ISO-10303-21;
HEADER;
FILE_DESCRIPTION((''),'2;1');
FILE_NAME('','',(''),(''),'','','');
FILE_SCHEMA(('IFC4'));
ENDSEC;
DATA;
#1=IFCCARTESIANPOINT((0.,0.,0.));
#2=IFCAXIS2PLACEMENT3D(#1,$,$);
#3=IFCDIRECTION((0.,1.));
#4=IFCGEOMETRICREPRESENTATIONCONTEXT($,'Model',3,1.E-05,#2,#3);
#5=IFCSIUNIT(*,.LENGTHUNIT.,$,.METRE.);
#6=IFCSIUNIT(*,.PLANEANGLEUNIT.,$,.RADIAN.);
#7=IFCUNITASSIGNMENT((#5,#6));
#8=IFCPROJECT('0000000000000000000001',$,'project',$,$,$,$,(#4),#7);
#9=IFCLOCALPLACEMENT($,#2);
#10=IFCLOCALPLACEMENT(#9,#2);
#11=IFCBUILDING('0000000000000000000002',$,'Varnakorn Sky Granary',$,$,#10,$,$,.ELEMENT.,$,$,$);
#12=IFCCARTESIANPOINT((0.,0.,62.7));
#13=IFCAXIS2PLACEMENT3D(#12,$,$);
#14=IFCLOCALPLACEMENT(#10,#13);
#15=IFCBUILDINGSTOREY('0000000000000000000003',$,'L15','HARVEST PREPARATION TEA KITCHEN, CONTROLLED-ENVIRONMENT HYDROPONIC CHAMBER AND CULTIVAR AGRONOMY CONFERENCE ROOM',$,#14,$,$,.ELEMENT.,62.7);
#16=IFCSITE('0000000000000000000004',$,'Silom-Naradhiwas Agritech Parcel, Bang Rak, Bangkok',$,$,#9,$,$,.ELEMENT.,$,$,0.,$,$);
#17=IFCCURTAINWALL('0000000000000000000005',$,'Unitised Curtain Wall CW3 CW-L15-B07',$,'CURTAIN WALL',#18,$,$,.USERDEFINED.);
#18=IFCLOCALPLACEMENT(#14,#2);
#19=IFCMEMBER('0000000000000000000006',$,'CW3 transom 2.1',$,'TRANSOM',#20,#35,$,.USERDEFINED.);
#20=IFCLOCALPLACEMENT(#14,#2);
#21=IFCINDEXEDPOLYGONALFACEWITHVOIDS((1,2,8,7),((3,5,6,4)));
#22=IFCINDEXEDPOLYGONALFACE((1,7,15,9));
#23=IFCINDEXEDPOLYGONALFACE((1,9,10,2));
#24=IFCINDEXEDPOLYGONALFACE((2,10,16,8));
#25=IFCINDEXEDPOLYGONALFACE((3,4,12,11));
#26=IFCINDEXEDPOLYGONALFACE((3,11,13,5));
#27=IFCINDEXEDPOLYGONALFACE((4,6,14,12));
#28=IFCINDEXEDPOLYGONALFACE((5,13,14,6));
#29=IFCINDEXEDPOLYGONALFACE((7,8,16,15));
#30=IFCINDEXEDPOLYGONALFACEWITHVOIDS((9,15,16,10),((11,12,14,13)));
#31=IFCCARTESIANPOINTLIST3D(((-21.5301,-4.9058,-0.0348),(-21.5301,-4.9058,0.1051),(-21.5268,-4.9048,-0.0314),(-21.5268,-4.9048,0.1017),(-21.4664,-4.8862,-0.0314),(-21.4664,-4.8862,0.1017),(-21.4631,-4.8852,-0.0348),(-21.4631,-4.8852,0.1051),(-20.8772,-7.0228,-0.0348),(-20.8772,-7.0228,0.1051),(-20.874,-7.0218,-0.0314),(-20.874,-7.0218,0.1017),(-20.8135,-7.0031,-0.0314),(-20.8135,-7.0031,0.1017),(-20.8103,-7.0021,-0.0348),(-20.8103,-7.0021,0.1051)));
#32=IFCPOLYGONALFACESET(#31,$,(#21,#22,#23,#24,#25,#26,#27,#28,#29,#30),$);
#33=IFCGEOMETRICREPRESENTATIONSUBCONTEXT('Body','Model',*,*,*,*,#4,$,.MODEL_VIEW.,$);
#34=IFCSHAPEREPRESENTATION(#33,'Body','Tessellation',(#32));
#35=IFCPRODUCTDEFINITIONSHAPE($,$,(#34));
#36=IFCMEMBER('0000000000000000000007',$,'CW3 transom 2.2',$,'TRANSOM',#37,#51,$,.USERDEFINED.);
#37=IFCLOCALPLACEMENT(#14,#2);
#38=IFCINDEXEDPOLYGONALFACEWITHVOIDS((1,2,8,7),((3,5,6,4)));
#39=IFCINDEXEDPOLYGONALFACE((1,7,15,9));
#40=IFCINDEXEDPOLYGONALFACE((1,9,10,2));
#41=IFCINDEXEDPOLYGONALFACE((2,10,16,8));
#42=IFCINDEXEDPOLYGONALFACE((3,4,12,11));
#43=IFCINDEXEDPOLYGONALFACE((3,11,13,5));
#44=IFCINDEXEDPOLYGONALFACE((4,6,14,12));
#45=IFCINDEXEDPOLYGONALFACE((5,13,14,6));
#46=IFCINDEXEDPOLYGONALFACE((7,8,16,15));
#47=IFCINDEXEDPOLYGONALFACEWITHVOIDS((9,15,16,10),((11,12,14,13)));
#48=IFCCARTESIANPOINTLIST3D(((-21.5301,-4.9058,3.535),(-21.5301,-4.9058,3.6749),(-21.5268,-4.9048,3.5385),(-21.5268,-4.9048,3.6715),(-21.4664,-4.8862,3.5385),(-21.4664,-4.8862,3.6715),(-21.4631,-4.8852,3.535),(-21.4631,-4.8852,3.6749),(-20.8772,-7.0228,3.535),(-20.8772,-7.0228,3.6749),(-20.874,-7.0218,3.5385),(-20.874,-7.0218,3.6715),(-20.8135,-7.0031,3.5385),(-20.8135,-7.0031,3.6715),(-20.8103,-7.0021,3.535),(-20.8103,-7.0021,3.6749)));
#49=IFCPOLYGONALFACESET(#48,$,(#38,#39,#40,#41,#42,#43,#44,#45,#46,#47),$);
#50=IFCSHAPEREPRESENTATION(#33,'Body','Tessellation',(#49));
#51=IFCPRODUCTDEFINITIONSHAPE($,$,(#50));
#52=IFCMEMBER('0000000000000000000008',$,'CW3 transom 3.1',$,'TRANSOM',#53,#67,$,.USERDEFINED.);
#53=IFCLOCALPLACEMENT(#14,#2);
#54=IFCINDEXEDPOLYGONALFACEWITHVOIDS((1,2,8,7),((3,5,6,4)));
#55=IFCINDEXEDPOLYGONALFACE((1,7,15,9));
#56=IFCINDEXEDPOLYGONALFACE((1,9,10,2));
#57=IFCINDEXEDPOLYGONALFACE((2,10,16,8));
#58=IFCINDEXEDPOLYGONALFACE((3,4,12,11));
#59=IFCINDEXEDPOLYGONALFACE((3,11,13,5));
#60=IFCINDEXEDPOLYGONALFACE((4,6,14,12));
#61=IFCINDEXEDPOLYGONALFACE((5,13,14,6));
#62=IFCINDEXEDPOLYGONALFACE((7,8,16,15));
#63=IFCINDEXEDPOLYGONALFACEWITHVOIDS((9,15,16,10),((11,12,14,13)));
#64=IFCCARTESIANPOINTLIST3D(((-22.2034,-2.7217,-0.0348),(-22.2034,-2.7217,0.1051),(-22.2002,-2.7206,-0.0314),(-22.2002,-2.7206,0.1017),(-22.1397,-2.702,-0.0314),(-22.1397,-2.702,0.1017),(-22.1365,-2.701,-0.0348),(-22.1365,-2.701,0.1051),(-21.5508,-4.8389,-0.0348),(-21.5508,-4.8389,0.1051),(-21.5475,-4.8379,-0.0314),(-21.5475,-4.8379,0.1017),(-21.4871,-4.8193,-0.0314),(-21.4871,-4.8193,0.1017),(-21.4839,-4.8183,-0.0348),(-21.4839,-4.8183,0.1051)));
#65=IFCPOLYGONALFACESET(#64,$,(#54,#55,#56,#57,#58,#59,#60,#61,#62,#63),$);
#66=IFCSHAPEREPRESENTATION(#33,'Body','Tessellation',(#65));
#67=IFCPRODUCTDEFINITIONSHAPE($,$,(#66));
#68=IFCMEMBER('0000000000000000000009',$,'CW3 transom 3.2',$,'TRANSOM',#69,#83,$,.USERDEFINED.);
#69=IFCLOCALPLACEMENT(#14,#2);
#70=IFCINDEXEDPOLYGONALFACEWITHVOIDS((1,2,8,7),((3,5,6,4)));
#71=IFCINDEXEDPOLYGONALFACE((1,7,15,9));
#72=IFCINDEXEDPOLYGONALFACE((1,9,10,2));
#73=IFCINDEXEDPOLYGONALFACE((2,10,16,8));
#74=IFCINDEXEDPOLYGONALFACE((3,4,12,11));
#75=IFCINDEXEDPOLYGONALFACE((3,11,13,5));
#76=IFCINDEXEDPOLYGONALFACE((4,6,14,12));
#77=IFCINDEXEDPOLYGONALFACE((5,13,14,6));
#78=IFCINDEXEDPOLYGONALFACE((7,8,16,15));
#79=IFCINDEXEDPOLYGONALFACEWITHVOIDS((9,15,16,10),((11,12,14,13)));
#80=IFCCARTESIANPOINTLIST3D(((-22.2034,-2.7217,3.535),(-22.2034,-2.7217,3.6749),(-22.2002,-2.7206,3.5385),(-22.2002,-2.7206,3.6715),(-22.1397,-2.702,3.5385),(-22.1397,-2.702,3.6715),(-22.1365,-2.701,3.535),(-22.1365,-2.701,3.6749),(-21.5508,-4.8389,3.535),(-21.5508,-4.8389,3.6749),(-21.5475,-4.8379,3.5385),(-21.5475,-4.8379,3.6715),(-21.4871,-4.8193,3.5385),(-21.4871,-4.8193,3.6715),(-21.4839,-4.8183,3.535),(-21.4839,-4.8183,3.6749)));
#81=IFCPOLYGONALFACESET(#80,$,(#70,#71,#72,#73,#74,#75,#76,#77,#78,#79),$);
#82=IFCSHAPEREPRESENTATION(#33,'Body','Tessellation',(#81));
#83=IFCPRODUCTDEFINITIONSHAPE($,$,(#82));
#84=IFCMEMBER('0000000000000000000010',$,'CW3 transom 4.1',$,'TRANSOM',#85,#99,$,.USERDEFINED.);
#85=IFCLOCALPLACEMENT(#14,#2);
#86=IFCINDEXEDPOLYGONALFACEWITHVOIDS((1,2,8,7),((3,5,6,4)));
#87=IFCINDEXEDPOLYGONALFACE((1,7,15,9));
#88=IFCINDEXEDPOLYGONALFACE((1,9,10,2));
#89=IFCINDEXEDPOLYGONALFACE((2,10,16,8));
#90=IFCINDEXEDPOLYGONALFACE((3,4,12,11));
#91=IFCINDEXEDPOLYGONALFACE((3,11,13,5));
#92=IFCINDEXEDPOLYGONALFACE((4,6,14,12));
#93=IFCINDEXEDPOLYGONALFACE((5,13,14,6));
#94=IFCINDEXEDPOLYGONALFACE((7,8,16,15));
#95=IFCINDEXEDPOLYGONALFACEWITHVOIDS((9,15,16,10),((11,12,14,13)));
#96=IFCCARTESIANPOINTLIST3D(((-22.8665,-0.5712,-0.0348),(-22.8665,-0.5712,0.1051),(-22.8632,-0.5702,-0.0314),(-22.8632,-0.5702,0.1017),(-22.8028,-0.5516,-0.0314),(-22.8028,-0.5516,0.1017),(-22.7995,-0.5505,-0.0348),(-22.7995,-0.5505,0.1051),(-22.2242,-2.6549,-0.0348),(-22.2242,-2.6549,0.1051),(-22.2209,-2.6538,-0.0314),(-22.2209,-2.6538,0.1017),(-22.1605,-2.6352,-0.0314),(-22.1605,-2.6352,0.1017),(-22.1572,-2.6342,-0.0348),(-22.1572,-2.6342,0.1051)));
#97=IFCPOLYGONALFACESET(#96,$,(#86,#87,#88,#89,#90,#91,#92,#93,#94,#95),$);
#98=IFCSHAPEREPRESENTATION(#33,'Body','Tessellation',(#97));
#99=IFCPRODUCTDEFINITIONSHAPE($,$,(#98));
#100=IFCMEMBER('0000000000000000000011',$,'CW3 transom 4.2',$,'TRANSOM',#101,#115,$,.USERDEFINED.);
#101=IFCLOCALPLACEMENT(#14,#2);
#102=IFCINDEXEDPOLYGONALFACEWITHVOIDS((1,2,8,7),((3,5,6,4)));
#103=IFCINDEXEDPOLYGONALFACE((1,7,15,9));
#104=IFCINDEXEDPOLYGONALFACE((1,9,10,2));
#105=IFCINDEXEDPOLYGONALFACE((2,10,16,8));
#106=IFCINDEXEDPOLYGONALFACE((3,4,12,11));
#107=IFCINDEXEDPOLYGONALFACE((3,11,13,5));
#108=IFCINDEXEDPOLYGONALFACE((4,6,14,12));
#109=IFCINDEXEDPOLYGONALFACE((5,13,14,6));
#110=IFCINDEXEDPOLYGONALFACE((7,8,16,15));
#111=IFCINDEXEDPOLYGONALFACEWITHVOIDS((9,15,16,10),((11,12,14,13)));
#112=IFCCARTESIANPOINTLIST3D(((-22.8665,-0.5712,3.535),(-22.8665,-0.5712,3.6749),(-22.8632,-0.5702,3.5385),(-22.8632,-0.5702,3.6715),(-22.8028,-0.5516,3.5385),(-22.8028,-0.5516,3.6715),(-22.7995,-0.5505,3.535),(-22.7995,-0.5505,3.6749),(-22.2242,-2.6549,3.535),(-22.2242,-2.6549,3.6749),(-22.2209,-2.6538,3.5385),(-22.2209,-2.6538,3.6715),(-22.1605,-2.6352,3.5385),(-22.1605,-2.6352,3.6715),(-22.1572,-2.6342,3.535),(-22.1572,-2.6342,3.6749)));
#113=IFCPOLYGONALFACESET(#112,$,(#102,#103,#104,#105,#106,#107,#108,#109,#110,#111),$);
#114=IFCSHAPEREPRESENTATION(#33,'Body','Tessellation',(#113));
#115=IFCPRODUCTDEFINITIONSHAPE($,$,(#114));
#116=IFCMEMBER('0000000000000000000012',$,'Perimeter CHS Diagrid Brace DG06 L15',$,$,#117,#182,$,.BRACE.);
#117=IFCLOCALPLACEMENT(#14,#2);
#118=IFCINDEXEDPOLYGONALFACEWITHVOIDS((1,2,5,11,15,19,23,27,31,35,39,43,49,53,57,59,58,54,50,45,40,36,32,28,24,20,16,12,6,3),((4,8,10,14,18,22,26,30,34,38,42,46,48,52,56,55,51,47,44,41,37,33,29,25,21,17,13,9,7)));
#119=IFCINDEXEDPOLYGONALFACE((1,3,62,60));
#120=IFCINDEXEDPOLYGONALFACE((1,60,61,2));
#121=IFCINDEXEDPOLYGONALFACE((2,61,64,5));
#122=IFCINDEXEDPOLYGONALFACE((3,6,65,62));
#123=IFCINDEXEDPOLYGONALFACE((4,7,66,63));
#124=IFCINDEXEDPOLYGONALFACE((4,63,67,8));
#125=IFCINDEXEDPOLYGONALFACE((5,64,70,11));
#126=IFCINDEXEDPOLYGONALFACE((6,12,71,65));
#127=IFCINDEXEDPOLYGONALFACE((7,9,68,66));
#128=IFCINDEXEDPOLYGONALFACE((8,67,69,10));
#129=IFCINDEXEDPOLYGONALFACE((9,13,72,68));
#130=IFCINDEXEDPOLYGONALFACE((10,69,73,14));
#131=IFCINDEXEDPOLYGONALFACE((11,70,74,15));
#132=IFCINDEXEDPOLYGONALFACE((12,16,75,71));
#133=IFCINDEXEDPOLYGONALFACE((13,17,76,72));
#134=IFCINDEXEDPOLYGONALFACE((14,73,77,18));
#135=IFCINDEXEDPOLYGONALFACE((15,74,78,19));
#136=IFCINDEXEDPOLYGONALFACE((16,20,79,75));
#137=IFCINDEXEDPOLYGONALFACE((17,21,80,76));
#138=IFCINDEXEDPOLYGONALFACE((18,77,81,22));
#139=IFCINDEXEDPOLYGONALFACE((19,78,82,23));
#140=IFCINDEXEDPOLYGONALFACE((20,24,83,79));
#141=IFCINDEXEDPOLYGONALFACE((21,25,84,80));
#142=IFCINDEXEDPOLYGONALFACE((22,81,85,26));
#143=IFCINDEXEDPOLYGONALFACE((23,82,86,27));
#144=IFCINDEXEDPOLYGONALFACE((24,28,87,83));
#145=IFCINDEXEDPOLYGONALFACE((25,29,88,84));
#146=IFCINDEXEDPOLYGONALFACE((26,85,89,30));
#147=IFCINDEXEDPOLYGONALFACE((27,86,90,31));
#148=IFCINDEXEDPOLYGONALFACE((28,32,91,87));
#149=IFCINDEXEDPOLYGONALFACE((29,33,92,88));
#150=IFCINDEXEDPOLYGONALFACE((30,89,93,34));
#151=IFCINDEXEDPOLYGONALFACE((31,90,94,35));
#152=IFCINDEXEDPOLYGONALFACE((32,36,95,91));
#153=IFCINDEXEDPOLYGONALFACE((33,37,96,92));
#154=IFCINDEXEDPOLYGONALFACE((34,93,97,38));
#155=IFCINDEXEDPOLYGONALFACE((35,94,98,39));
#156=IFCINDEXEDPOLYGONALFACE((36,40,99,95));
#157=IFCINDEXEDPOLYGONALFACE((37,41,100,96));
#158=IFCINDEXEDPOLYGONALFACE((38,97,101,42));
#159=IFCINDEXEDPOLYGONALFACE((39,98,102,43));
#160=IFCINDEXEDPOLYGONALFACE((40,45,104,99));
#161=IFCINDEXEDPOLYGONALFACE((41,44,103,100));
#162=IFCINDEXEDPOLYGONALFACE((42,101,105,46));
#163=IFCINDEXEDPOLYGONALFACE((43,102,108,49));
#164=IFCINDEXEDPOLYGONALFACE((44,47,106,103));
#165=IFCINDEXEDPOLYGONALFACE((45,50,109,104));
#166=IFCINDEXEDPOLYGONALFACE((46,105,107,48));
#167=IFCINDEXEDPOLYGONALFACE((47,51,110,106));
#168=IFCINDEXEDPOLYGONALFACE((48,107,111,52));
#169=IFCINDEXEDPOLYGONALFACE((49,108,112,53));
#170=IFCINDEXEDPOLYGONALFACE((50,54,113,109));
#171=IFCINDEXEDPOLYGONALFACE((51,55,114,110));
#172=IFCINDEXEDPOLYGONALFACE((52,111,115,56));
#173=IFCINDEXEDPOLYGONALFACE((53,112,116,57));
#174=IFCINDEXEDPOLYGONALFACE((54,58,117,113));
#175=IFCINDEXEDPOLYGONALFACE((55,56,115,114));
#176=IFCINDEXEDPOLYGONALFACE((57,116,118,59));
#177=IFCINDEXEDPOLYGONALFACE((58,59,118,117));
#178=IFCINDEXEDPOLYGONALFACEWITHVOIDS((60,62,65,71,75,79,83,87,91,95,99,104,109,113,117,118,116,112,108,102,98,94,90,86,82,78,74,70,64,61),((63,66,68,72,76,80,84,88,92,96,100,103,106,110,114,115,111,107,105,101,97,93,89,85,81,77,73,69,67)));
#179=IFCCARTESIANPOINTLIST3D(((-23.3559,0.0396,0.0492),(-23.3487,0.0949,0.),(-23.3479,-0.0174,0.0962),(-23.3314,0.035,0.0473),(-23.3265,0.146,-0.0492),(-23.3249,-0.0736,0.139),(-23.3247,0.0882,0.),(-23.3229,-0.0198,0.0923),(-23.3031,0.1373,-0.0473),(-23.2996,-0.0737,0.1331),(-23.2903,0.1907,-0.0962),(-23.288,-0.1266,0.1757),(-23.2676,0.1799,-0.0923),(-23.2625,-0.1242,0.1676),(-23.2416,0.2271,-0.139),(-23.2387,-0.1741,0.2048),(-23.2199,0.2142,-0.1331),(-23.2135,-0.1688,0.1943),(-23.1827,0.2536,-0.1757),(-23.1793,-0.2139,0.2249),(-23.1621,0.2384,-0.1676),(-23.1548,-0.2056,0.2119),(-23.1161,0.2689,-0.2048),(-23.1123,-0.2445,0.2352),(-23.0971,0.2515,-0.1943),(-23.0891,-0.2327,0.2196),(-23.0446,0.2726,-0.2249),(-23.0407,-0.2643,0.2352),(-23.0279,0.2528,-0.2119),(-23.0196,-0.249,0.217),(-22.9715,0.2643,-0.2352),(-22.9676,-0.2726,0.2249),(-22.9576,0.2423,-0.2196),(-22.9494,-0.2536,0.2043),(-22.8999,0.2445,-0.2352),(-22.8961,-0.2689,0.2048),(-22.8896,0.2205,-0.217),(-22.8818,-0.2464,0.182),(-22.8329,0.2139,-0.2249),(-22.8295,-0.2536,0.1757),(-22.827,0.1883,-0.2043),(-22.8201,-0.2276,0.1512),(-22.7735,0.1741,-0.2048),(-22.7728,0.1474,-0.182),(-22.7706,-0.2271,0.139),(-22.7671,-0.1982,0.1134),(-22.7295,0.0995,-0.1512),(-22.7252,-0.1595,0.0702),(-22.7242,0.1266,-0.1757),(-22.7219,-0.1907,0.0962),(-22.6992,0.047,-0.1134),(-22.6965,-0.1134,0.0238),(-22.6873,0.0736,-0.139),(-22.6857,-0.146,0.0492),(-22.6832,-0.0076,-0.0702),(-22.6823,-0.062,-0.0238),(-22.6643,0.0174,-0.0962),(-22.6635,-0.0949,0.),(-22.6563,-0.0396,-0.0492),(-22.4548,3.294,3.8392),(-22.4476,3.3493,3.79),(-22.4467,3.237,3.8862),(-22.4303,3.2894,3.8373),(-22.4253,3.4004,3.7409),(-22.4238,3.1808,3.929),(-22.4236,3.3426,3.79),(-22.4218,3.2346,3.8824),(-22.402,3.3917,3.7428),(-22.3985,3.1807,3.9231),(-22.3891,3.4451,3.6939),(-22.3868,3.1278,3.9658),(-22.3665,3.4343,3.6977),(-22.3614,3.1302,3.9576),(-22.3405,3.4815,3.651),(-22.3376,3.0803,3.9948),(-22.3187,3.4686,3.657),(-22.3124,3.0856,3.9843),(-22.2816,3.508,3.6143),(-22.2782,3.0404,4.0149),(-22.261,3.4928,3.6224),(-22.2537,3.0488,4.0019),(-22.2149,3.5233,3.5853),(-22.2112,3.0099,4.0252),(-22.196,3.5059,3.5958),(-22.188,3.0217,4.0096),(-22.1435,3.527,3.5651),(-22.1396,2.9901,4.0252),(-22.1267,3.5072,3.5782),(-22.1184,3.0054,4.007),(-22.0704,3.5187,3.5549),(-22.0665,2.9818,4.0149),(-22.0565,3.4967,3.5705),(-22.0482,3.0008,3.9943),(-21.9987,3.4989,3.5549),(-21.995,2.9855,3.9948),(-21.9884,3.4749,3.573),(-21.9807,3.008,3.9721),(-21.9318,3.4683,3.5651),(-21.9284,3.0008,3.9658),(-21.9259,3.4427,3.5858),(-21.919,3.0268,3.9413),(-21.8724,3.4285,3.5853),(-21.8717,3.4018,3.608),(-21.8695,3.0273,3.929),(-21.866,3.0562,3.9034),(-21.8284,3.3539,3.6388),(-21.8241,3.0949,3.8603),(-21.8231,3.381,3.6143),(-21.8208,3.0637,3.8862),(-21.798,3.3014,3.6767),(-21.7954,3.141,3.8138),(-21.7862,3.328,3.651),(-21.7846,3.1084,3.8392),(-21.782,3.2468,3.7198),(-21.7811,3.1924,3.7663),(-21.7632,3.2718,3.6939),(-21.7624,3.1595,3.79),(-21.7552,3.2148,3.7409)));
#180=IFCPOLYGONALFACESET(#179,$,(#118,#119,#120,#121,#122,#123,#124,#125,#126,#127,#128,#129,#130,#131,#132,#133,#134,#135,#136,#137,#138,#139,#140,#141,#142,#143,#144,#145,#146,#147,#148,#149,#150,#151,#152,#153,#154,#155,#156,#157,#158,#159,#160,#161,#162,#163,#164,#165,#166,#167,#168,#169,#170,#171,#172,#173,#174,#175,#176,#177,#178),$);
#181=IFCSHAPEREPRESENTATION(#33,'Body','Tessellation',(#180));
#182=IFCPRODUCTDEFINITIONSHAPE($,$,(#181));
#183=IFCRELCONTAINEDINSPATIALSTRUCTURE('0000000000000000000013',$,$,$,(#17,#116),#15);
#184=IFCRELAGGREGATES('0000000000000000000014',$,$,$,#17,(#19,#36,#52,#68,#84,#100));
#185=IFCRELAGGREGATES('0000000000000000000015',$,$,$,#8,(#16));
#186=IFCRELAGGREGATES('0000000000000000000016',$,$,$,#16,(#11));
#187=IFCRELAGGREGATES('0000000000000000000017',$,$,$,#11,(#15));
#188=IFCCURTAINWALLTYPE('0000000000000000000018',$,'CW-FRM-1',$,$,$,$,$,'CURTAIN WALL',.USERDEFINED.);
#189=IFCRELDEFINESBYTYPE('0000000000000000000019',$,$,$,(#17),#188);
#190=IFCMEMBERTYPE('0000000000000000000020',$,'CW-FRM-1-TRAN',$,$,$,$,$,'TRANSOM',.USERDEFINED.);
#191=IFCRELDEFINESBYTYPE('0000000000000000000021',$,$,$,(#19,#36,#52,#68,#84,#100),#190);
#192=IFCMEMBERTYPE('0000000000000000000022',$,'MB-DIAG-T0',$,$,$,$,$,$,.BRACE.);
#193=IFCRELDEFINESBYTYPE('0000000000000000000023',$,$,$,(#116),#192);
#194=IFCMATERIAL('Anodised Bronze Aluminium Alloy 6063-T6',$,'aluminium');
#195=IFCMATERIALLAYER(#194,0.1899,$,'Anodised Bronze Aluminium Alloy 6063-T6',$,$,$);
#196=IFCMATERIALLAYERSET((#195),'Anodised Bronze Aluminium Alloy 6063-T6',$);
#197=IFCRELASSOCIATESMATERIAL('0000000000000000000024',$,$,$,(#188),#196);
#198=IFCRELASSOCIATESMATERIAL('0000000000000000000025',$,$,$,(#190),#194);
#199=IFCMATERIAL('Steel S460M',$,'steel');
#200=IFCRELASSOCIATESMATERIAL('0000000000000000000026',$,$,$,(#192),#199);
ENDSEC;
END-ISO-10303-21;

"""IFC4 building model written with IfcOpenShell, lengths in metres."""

from ifc_helpers import new_model, si_unit, direction, frame, origin, origin_2d, place, context, subcontext, project, spatial, hollow_rectangle, hollow_circle, extrude, material, layer, layer_set, material_profile, profile_set, type_object, element, aggregate, save


model = new_model("IFC4")

# Units and contexts
model_context = context("Model", 3, precision=1e-05, world=origin(), true_north=direction((0.0, 1.0)))
body_context = subcontext(model_context, "Body", "Model", "MODEL_VIEW")
ifc_project = project(units=[si_unit("LENGTHUNIT", "METRE"), si_unit("PLANEANGLEUNIT", "RADIAN")], contexts=[model_context])

# Site, building, storey
site_placement = place(None, origin())
site = spatial("IfcSite", under=ifc_project, at=site_placement, Name="Silom-Naradhiwas Agritech Parcel, Bang Rak, Bangkok", CompositionType="ELEMENT", RefElevation=0.0)
building_placement = place(site_placement, origin())
building = spatial("IfcBuilding", under=site, at=building_placement, Name="Varnakorn Sky Granary", CompositionType="ELEMENT")
storey_placement = place(building_placement, frame((0.0, 0.0, 62.7)))
storey = spatial("IfcBuildingStorey", under=building, at=storey_placement, Name="L15", Description="HARVEST PREPARATION TEA KITCHEN, CONTROLLED-ENVIRONMENT HYDROPONIC CHAMBER AND CULTIVAR AGRONOMY CONFERENCE ROOM", CompositionType="ELEMENT", Elevation=62.7)

# Shared definitions
ifc_material_1 = material(Name="Steel S460M", Category="steel")

# Curtain wall, members
ifc_material_2 = material(Name="Anodised Bronze Aluminium Alloy 6063-T6", Category="aluminium")
ifc_layer_1 = layer(ifc_material_2, 0.1899, Name="Anodised Bronze Aluminium Alloy 6063-T6")
ifc_layer_set_1 = layer_set([ifc_layer_1], Name="Anodised Bronze Aluminium Alloy 6063-T6")
curtain_wall_type = type_object("IfcCurtainWallType", Name="CW-FRM-1", ElementType="CURTAIN WALL", PredefinedType="USERDEFINED", material=ifc_layer_set_1)
curtain_wall_placement = place(storey_placement, origin())
curtain_wall = element("IfcCurtainWall", 1, at=curtain_wall_placement, inside=storey, type_object=curtain_wall_type, Name="Unitised Curtain Wall CW3 CW-L15-B07", ObjectType="CURTAIN WALL", PredefinedType="USERDEFINED")
ifc_material_profile_1 = material_profile(ifc_material_2, hollow_rectangle(XDim=0.0701, YDim=0.1399, WallThickness=0.0034, at=origin_2d()), Name="ALU TRAN 70x140")
ifc_profile_set_1 = profile_set([ifc_material_profile_1], Name="Anodised Bronze Aluminium Alloy 6063-T6")
member_type_1 = type_object("IfcMemberType", Name="CW-FRM-1-TRAN", ElementType="TRANSOM", PredefinedType="USERDEFINED", material=ifc_profile_set_1)
member_1_placement = place(storey_placement, frame((-20.8438, -7.0125, 0.0352), z_axis=(-0.29469, 0.955593, 0.0), x_axis=(-0.955593, -0.29469, 0.0)))
member_1 = element("IfcMember", 2, at=member_1_placement, type_object=member_type_1, Name="CW3 transom 2.1", ObjectType="TRANSOM", PredefinedType="USERDEFINED", context=body_context, shape_type="SweptSolid", body=[
    extrude(hollow_rectangle(XDim=0.0701, YDim=0.1399, WallThickness=0.0034, at=origin_2d()), origin(), (0.0, 0.0, 1.0), 2.2153),
])
member_2_placement = place(storey_placement, frame((-20.8438, -7.0125, 3.605), z_axis=(-0.29469, 0.955593, 0.0), x_axis=(-0.955593, -0.29469, 0.0)))
member_2 = element("IfcMember", 3, at=member_2_placement, type_object=member_type_1, Name="CW3 transom 2.2", ObjectType="TRANSOM", PredefinedType="USERDEFINED", context=body_context, shape_type="SweptSolid", body=[
    extrude(hollow_rectangle(XDim=0.0701, YDim=0.1399, WallThickness=0.0034, at=origin_2d()), origin(), (0.0, 0.0, 1.0), 2.2153),
])
member_3_placement = place(storey_placement, frame((-21.5173, -4.8286, 0.0352), z_axis=(-0.294558, 0.955634, 0.0), x_axis=(-0.955634, -0.294558, 0.0)))
member_3 = element("IfcMember", 4, at=member_3_placement, type_object=member_type_1, Name="CW3 transom 3.1", ObjectType="TRANSOM", PredefinedType="USERDEFINED", context=body_context, shape_type="SweptSolid", body=[
    extrude(hollow_rectangle(XDim=0.0701, YDim=0.1399, WallThickness=0.0034, at=origin_2d()), origin(), (0.0, 0.0, 1.0), 2.2156),
])
member_4_placement = place(storey_placement, frame((-21.5173, -4.8286, 3.605), z_axis=(-0.294558, 0.955634, 0.0), x_axis=(-0.955634, -0.294558, 0.0)))
member_4 = element("IfcMember", 5, at=member_4_placement, type_object=member_type_1, Name="CW3 transom 3.2", ObjectType="TRANSOM", PredefinedType="USERDEFINED", context=body_context, shape_type="SweptSolid", body=[
    extrude(hollow_rectangle(XDim=0.0701, YDim=0.1399, WallThickness=0.0034, at=origin_2d()), origin(), (0.0, 0.0, 1.0), 2.2156),
])
member_5_placement = place(storey_placement, frame((-22.1907, -2.6445, 0.0352), z_axis=(-0.294581, 0.955626, 0.0), x_axis=(-0.955626, -0.294581, 0.0)))
member_5 = element("IfcMember", 6, at=member_5_placement, type_object=member_type_1, Name="CW3 transom 4.1", ObjectType="TRANSOM", PredefinedType="USERDEFINED", context=body_context, shape_type="SweptSolid", body=[
    extrude(hollow_rectangle(XDim=0.0701, YDim=0.1399, WallThickness=0.0034, at=origin_2d()), origin(), (0.0, 0.0, 1.0), 2.1804),
])
member_6_placement = place(storey_placement, frame((-22.1907, -2.6445, 3.605), z_axis=(-0.294581, 0.955626, 0.0), x_axis=(-0.955626, -0.294581, 0.0)))
member_6 = element("IfcMember", 7, at=member_6_placement, type_object=member_type_1, Name="CW3 transom 4.2", ObjectType="TRANSOM", PredefinedType="USERDEFINED", context=body_context, shape_type="SweptSolid", body=[
    extrude(hollow_rectangle(XDim=0.0701, YDim=0.1399, WallThickness=0.0034, at=origin_2d()), origin(), (0.0, 0.0, 1.0), 2.1804),
])

# Member
ifc_material_profile_2 = material_profile(ifc_material_1, hollow_circle(Radius=0.3555, WallThickness=0.0249, at=origin_2d()), Name="CHS 711x25")
ifc_profile_set_2 = profile_set([ifc_material_profile_2], Name="Steel S460M")
member_type_2 = type_object("IfcMemberType", Name="MB-DIAG-T0", PredefinedType="BRACE", material=ifc_profile_set_2)
for number, where, z_axis, x_axis, name in (
    (8, (-23.0061, 0.0, 0.0), (0.17752, 0.641112, 0.746634), (-0.963737, 0.266853, 0.0), "Perimeter CHS Diagrid Brace DG06 L15"),
):
    element("IfcMember", number, at=place(storey_placement, frame(where, z_axis=z_axis, x_axis=x_axis)), inside=storey, type_object=member_type_2, Name=name, PredefinedType="BRACE", context=body_context, shape_type="SweptSolid", body=[
        extrude(hollow_circle(Radius=0.3555, WallThickness=0.0249, at=origin_2d()), origin(), (0.0, 0.0, 1.0), 5.0762),
    ])

aggregate(curtain_wall, [member_1, member_2, member_3, member_4, member_5, member_6])

save(model, "model.ifc")
